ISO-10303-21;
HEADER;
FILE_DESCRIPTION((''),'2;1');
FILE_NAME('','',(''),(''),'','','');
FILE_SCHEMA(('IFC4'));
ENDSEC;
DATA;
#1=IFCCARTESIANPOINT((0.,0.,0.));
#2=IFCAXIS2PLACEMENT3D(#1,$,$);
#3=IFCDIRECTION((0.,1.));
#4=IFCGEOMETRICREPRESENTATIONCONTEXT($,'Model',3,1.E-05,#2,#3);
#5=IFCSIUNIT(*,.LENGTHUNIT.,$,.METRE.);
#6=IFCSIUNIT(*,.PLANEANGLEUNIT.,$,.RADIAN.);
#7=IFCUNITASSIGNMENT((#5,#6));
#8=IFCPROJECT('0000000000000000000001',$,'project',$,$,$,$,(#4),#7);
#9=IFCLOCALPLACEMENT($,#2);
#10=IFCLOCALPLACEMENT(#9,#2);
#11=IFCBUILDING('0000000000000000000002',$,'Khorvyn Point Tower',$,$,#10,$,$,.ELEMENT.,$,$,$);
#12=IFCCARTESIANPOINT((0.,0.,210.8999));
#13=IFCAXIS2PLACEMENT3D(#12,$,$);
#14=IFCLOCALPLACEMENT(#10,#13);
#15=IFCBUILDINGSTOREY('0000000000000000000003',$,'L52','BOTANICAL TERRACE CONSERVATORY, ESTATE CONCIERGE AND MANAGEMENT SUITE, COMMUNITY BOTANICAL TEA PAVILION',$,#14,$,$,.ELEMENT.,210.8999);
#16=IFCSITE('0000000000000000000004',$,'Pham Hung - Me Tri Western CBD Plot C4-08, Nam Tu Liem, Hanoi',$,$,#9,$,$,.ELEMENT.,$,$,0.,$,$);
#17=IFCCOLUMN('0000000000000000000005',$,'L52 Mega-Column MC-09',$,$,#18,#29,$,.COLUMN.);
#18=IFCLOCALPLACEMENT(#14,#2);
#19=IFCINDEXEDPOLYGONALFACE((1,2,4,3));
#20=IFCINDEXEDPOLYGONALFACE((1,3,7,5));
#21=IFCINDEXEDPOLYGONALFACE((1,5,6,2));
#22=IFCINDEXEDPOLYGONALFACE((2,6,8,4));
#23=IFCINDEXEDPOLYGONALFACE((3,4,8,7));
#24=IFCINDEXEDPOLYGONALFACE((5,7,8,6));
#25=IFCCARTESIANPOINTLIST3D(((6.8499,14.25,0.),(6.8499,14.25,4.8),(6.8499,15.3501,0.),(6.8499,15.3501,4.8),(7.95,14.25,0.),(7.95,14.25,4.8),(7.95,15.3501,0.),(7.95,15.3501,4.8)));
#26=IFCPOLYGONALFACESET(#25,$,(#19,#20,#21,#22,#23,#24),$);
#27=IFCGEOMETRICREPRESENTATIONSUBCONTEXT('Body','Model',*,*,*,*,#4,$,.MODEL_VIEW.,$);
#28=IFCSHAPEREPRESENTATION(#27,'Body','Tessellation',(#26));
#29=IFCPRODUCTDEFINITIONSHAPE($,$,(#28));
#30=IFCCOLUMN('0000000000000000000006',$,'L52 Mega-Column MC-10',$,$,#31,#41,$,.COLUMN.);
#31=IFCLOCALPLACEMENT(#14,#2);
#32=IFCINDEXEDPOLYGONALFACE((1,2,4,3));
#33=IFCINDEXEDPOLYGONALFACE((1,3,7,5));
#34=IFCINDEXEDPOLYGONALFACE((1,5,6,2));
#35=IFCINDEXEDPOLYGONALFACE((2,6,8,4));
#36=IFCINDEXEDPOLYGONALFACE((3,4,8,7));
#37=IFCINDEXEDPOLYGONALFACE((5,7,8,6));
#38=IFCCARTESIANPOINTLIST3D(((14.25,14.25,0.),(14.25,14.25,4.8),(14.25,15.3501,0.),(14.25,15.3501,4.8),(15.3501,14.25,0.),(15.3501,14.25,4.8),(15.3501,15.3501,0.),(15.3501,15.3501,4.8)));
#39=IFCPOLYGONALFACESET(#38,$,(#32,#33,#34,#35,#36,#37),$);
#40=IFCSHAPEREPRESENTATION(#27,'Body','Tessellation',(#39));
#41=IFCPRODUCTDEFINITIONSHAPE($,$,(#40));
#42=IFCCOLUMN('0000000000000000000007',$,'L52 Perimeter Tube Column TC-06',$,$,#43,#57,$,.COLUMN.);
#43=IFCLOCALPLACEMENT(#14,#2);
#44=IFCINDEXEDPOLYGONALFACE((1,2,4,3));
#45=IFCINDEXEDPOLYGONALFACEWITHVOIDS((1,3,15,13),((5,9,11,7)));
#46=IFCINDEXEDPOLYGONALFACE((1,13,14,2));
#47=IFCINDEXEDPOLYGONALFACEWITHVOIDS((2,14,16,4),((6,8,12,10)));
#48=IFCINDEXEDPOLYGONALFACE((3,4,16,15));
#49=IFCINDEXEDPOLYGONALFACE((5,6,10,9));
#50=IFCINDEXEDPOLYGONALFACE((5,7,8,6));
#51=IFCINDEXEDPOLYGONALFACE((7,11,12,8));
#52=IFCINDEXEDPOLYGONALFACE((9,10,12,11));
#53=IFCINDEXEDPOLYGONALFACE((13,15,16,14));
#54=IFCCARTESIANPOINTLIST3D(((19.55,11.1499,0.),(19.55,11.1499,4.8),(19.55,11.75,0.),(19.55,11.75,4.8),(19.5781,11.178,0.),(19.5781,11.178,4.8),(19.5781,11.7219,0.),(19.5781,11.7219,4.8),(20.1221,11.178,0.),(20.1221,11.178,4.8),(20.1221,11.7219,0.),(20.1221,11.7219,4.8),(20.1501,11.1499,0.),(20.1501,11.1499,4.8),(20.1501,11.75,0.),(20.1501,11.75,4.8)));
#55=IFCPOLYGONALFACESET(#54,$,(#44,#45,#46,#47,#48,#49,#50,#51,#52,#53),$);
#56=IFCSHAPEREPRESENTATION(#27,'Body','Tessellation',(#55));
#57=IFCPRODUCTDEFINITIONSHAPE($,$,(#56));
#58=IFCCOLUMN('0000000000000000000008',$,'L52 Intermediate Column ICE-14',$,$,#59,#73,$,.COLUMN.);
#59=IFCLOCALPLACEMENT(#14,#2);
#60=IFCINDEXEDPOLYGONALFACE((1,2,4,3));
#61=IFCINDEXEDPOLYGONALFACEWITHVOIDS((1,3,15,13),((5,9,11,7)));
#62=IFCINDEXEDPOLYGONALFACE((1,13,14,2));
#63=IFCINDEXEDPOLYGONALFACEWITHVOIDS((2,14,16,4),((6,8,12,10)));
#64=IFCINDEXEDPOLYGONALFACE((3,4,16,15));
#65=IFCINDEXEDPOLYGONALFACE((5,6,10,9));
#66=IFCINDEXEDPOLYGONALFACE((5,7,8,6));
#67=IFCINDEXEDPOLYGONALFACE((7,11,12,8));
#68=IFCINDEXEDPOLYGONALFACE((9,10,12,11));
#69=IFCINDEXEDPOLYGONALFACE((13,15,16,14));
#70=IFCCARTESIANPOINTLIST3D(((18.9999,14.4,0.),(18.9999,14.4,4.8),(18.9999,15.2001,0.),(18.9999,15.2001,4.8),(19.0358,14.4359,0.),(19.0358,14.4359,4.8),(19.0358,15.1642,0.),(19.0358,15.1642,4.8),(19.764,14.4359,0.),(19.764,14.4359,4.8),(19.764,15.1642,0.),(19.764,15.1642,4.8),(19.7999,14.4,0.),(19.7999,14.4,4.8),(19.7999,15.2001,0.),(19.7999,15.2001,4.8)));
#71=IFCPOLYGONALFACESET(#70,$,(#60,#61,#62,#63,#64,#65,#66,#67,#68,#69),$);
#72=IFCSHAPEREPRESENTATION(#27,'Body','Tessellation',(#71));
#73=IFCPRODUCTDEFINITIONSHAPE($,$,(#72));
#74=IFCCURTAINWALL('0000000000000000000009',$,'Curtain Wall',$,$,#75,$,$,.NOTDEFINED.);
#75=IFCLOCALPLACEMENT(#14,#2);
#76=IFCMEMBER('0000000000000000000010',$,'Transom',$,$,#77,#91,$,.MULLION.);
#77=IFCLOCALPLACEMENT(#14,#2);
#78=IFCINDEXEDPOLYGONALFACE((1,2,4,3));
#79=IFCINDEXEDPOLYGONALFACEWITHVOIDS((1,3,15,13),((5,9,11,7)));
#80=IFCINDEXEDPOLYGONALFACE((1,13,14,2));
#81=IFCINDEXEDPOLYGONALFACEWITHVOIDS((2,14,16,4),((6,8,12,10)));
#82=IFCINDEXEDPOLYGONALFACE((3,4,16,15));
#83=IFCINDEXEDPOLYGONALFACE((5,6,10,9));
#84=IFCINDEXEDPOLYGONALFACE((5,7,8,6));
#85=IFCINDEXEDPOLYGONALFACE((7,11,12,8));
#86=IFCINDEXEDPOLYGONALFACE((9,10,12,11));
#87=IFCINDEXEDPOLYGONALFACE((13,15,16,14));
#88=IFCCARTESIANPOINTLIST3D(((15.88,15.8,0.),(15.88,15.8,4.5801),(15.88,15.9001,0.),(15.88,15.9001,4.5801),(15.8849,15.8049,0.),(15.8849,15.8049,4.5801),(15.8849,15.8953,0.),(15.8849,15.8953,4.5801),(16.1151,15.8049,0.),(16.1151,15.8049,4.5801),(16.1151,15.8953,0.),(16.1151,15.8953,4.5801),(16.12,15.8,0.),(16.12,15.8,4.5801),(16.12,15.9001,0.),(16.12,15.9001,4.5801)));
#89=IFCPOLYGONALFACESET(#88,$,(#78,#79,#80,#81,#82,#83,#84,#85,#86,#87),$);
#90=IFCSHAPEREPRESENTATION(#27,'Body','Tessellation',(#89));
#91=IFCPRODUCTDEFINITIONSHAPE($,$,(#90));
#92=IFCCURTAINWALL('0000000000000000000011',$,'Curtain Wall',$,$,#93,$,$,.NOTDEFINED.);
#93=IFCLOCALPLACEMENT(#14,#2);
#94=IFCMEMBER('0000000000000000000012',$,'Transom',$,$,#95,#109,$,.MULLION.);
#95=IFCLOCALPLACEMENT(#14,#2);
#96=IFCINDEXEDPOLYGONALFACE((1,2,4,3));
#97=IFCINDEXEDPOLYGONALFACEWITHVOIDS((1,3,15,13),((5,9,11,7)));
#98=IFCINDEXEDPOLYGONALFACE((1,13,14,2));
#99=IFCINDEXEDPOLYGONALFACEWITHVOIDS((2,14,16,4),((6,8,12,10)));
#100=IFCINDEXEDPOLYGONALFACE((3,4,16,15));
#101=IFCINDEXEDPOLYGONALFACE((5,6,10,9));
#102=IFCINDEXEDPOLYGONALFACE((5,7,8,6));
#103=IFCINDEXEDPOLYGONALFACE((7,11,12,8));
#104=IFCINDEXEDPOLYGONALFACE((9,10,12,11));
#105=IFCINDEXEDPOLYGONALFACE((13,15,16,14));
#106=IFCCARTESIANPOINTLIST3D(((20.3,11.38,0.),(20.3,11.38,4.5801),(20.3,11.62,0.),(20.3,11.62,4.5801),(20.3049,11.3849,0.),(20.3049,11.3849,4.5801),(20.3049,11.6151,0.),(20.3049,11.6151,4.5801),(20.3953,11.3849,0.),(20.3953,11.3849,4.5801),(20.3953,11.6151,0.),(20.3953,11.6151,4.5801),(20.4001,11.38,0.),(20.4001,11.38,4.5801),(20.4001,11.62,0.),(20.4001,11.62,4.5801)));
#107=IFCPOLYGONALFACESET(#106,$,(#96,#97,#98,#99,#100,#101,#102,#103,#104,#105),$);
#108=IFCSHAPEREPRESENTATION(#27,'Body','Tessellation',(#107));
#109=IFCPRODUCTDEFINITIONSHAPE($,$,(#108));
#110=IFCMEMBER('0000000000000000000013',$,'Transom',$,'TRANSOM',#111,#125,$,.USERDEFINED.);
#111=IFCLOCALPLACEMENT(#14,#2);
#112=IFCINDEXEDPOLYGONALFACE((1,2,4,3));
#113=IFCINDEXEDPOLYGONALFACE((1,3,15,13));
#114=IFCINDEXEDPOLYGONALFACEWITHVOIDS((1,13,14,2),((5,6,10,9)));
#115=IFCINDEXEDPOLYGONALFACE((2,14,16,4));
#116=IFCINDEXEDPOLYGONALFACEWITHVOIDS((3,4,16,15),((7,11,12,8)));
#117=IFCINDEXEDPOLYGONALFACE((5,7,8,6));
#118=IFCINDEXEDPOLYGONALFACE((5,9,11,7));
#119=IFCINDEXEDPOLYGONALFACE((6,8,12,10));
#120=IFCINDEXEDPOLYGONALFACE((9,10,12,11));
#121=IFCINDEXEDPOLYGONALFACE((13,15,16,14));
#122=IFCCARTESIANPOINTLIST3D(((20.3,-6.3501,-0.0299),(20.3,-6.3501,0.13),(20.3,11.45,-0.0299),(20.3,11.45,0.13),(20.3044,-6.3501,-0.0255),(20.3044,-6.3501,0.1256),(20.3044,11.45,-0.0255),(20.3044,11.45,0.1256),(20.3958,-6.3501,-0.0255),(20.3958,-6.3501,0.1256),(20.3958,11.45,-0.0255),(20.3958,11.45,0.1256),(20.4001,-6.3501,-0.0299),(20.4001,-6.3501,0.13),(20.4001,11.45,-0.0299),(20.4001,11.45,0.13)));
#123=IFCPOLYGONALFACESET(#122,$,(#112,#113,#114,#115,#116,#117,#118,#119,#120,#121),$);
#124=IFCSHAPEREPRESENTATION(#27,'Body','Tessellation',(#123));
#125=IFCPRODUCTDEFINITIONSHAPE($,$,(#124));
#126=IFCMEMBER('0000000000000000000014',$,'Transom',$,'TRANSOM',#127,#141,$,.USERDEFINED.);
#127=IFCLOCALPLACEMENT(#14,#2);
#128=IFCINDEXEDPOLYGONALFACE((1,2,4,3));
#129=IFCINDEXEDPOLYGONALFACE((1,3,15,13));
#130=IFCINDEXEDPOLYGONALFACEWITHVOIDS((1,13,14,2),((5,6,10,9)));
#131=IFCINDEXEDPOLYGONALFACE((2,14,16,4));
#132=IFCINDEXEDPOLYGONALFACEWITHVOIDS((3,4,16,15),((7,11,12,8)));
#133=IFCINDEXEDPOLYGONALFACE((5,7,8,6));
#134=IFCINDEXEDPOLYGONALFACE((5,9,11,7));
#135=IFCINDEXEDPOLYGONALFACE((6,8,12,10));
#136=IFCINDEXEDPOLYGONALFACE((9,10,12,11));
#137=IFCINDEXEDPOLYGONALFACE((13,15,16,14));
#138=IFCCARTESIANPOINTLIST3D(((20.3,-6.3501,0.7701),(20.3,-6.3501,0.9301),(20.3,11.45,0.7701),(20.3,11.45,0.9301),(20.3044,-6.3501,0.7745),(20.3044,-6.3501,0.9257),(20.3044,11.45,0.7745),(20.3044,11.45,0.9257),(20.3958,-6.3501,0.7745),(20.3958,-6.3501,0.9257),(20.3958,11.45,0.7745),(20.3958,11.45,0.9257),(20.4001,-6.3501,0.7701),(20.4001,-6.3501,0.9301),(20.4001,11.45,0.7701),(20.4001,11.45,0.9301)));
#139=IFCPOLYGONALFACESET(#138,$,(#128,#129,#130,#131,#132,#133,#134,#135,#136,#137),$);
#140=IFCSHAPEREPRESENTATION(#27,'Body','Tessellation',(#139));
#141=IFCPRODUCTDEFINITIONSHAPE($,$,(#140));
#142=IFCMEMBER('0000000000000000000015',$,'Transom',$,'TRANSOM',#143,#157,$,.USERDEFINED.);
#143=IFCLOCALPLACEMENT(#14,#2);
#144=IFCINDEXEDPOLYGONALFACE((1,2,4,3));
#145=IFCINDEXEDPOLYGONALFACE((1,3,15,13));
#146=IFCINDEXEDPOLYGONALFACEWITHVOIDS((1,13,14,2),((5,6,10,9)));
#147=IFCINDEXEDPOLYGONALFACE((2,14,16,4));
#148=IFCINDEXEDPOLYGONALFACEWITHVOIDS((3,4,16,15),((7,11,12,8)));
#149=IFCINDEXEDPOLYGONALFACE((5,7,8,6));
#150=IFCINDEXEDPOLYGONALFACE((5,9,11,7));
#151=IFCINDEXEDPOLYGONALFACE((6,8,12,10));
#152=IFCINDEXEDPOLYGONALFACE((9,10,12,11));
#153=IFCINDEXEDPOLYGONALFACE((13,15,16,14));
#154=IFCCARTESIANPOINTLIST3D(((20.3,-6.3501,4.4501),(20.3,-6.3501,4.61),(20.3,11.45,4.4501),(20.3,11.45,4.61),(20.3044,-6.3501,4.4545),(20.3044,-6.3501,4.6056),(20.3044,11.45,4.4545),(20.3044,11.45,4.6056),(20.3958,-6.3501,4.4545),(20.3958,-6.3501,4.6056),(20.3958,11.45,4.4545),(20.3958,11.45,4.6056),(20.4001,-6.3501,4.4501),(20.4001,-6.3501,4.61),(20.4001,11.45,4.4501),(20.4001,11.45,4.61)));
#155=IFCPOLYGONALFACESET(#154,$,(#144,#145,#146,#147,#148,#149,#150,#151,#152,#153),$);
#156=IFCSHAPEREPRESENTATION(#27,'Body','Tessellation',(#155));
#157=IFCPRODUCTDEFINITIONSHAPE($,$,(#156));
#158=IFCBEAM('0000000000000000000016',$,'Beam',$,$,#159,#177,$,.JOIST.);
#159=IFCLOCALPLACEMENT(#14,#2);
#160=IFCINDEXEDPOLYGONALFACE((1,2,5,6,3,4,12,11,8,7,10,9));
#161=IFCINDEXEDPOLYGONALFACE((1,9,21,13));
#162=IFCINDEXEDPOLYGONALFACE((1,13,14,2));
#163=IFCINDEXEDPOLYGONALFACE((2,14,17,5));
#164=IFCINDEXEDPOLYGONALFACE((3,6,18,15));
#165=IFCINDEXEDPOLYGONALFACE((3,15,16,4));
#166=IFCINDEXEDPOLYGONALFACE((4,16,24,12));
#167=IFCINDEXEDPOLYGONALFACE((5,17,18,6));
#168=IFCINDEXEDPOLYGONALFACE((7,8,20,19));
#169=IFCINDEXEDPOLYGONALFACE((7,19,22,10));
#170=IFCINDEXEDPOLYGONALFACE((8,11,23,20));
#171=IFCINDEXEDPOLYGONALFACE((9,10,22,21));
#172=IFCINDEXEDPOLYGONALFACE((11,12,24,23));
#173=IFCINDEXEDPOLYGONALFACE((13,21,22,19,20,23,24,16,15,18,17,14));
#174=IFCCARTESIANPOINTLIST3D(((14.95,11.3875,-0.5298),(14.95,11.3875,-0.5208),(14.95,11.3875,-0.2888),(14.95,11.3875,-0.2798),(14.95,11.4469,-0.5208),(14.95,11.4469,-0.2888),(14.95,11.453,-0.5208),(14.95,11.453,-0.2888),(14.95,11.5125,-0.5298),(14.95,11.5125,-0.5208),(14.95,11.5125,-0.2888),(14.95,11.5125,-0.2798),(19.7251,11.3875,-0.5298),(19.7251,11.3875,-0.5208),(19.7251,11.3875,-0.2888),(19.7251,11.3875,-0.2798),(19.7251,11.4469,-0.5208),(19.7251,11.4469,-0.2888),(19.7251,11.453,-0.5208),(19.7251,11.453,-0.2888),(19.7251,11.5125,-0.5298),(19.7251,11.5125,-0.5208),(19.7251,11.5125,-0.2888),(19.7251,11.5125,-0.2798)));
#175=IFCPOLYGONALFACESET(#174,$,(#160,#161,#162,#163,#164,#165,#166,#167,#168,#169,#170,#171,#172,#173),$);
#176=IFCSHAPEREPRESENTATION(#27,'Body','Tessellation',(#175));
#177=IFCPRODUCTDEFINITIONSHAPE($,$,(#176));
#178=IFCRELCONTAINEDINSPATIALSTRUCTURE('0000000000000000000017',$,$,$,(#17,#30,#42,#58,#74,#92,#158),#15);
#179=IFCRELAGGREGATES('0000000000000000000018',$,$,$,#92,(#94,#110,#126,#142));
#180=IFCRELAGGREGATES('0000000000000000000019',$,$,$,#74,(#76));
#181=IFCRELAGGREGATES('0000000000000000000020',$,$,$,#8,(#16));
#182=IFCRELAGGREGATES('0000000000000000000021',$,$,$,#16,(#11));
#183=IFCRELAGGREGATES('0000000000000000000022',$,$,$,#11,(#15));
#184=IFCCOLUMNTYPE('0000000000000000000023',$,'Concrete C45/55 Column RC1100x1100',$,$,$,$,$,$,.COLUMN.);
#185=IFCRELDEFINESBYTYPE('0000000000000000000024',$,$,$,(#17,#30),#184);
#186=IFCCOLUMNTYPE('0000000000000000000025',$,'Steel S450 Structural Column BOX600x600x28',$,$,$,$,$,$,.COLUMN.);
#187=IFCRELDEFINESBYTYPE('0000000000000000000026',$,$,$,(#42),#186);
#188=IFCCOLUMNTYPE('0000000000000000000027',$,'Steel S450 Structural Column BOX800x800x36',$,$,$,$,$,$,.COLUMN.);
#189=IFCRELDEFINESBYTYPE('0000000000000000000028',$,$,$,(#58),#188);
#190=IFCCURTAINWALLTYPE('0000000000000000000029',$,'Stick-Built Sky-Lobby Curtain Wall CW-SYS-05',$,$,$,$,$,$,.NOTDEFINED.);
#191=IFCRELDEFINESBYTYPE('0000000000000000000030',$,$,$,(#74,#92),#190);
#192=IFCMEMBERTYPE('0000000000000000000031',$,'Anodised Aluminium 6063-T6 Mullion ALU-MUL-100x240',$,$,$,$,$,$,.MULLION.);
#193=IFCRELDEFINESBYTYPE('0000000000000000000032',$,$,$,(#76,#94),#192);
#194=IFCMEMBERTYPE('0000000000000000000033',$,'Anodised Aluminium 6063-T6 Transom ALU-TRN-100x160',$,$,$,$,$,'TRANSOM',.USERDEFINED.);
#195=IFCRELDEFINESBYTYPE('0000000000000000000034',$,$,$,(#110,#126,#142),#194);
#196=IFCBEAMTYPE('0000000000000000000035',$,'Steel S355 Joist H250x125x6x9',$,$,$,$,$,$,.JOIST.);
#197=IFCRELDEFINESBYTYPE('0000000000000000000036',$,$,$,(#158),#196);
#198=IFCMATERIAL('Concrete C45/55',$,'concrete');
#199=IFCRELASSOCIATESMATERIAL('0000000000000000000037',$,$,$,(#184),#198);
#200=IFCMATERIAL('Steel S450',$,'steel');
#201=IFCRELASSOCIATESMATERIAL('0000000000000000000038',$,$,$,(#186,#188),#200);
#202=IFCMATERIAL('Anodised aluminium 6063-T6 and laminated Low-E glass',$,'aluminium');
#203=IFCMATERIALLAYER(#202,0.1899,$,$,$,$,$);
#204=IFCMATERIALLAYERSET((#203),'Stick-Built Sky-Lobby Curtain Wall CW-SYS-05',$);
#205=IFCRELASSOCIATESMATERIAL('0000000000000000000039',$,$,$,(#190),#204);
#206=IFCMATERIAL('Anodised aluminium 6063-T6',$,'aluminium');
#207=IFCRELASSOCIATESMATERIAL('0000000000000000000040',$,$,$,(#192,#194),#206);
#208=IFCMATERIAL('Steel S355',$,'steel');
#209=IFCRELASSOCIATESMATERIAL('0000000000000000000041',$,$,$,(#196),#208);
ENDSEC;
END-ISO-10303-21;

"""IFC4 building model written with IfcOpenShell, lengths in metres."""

from ifc_helpers import new_model, si_unit, direction, frame, origin, origin_2d, place, context, subcontext, project, spatial, rectangle, hollow_rectangle, i_section, extrude, material, layer, layer_set, material_profile, profile_set, type_object, element, aggregate, save


model = new_model("IFC4")

# Units and contexts
model_context = context("Model", 3, precision=1e-05, world=origin(), true_north=direction((0.0, 1.0)))
body_context = subcontext(model_context, "Body", "Model", "MODEL_VIEW")
ifc_project = project(units=[si_unit("LENGTHUNIT", "METRE"), si_unit("PLANEANGLEUNIT", "RADIAN")], contexts=[model_context])

# Site, building, storey
site_placement = place(None, origin())
site = spatial("IfcSite", under=ifc_project, at=site_placement, Name="Pham Hung - Me Tri Western CBD Plot C4-08, Nam Tu Liem, Hanoi", CompositionType="ELEMENT", RefElevation=0.0)
building_placement = place(site_placement, origin())
building = spatial("IfcBuilding", under=site, at=building_placement, Name="Khorvyn Point Tower", CompositionType="ELEMENT")
storey_placement = place(building_placement, frame((0.0, 0.0, 210.8999)))
storey = spatial("IfcBuildingStorey", under=building, at=storey_placement, Name="L52", Description="BOTANICAL TERRACE CONSERVATORY, ESTATE CONCIERGE AND MANAGEMENT SUITE, COMMUNITY BOTANICAL TEA PAVILION", CompositionType="ELEMENT", Elevation=210.8999)

# Columns
ifc_material_1 = material(Name="Concrete C45/55", Category="concrete")
ifc_material_profile_1 = material_profile(ifc_material_1, rectangle(XDim=1.1001, YDim=1.1001, at=origin_2d()))
ifc_profile_set_1 = profile_set([ifc_material_profile_1], Name="Concrete C45/55 RC1100x1100")
column_type_1 = type_object("IfcColumnType", Name="Concrete C45/55 Column RC1100x1100", PredefinedType="COLUMN", material=ifc_profile_set_1)
for number, where, z_axis, x_axis, name in (
    (1, (7.3999, 14.8, 0.0), (0.0, 0.0, 1.0), (1.0, 0.0, 0.0), "L52 Mega-Column MC-09"),
    (2, (14.8, 14.8, 0.0), (0.0, 0.0, 1.0), (1.0, 0.0, 0.0), "L52 Mega-Column MC-10"),
):
    element("IfcColumn", number, at=place(storey_placement, frame(where, z_axis=z_axis, x_axis=x_axis)), inside=storey, type_object=column_type_1, Name=name, PredefinedType="COLUMN", context=body_context, shape_type="SweptSolid", body=[
        extrude(rectangle(XDim=1.1001, YDim=1.1001, at=origin_2d()), origin(), (0.0, 0.0, 1.0), 4.8),
    ])
ifc_material_2 = material(Name="Steel S450", Category="steel")
ifc_material_profile_2 = material_profile(ifc_material_2, hollow_rectangle(XDim=0.6001, YDim=0.6001, WallThickness=0.0281, at=origin_2d()))
ifc_profile_set_2 = profile_set([ifc_material_profile_2], Name="Steel S450 BOX600x600x28")
column_type_2 = type_object("IfcColumnType", Name="Steel S450 Structural Column BOX600x600x28", PredefinedType="COLUMN", material=ifc_profile_set_2)
column_1_placement = place(storey_placement, frame((19.8501, 11.45, 0.0), z_axis=(0.0, 0.0, 1.0), x_axis=(1.0, 0.0, 0.0)))
element("IfcColumn", 3, at=column_1_placement, inside=storey, type_object=column_type_2, Name="L52 Perimeter Tube Column TC-06", PredefinedType="COLUMN", context=body_context, shape_type="SweptSolid", body=[
    extrude(hollow_rectangle(XDim=0.6001, YDim=0.6001, WallThickness=0.0281, at=origin_2d()), origin(), (0.0, 0.0, 1.0), 4.8),
])
ifc_material_profile_3 = material_profile(ifc_material_2, hollow_rectangle(XDim=0.8, YDim=0.8, WallThickness=0.0359, at=origin_2d()))
ifc_profile_set_3 = profile_set([ifc_material_profile_3], Name="Steel S450 BOX800x800x36")
column_type_3 = type_object("IfcColumnType", Name="Steel S450 Structural Column BOX800x800x36", PredefinedType="COLUMN", material=ifc_profile_set_3)
column_2_placement = place(storey_placement, frame((19.3999, 14.8, 0.0), z_axis=(0.0, 0.0, 1.0), x_axis=(1.0, 0.0, 0.0)))
element("IfcColumn", 4, at=column_2_placement, inside=storey, type_object=column_type_3, Name="L52 Intermediate Column ICE-14", PredefinedType="COLUMN", context=body_context, shape_type="SweptSolid", body=[
    extrude(hollow_rectangle(XDim=0.8, YDim=0.8, WallThickness=0.0359, at=origin_2d()), origin(), (0.0, 0.0, 1.0), 4.8),
])

# Curtain wall, member
ifc_material_3 = material(Name="Anodised aluminium 6063-T6 and laminated Low-E glass", Category="aluminium")
ifc_layer_1 = layer(ifc_material_3, 0.1899)
ifc_layer_set_1 = layer_set([ifc_layer_1], Name="Stick-Built Sky-Lobby Curtain Wall CW-SYS-05")
curtain_wall_type = type_object("IfcCurtainWallType", Name="Stick-Built Sky-Lobby Curtain Wall CW-SYS-05", PredefinedType="NOTDEFINED", material=ifc_layer_set_1)
curtain_wall_1_placement = place(storey_placement, origin())
curtain_wall_1 = element("IfcCurtainWall", 5, at=curtain_wall_1_placement, inside=storey, type_object=curtain_wall_type, Name="Curtain Wall", PredefinedType="NOTDEFINED")
ifc_material_4 = material(Name="Anodised aluminium 6063-T6", Category="aluminium")
ifc_material_profile_4 = material_profile(ifc_material_4, hollow_rectangle(XDim=0.1001, YDim=0.24, WallThickness=0.0049, at=origin_2d()))
ifc_profile_set_4 = profile_set([ifc_material_profile_4], Name="Anodised aluminium 6063-T6 ALU-MUL-100x240")
member_type_1 = type_object("IfcMemberType", Name="Anodised Aluminium 6063-T6 Mullion ALU-MUL-100x240", PredefinedType="MULLION", material=ifc_profile_set_4)
member_1_placement = place(storey_placement, frame((16.0, 15.8501, 0.0), z_axis=(0.0, 0.0, 1.0), x_axis=(0.0, 1.0, 0.0)))
member_1 = element("IfcMember", 6, at=member_1_placement, type_object=member_type_1, Name="Transom", PredefinedType="MULLION", context=body_context, shape_type="SweptSolid", body=[
    extrude(hollow_rectangle(XDim=0.1001, YDim=0.24, WallThickness=0.0049, at=origin_2d()), origin(), (0.0, 0.0, 1.0), 4.5801),
])

# Curtain wall, members
curtain_wall_2_placement = place(storey_placement, origin())
curtain_wall_2 = element("IfcCurtainWall", 7, at=curtain_wall_2_placement, inside=storey, type_object=curtain_wall_type, Name="Curtain Wall", PredefinedType="NOTDEFINED")
member_2_placement = place(storey_placement, frame((20.3501, 11.5, 0.0), z_axis=(0.0, 0.0, 1.0), x_axis=(1.0, 0.0, 0.0)))
member_2 = element("IfcMember", 8, at=member_2_placement, type_object=member_type_1, Name="Transom", PredefinedType="MULLION", context=body_context, shape_type="SweptSolid", body=[
    extrude(hollow_rectangle(XDim=0.1001, YDim=0.24, WallThickness=0.0049, at=origin_2d()), origin(), (0.0, 0.0, 1.0), 4.5801),
])
ifc_material_profile_5 = material_profile(ifc_material_4, hollow_rectangle(XDim=0.1001, YDim=0.1599, WallThickness=0.0044, at=origin_2d()))
ifc_profile_set_5 = profile_set([ifc_material_profile_5], Name="Anodised aluminium 6063-T6 ALU-TRN-100x160")
member_type_2 = type_object("IfcMemberType", Name="Anodised Aluminium 6063-T6 Transom ALU-TRN-100x160", ElementType="TRANSOM", PredefinedType="USERDEFINED", material=ifc_profile_set_5)
member_3_placement = place(storey_placement, frame((20.3501, 11.45, 0.05), z_axis=(0.0, -1.0, 0.0), x_axis=(1.0, 0.0, 0.0)))
member_3 = element("IfcMember", 9, at=member_3_placement, type_object=member_type_2, Name="Transom", ObjectType="TRANSOM", PredefinedType="USERDEFINED", context=body_context, shape_type="SweptSolid", body=[
    extrude(hollow_rectangle(XDim=0.1001, YDim=0.1599, WallThickness=0.0044, at=origin_2d()), origin(), (0.0, 0.0, 1.0), 17.8),
])
member_4_placement = place(storey_placement, frame((20.3501, 11.45, 0.8501), z_axis=(0.0, -1.0, 0.0), x_axis=(1.0, 0.0, 0.0)))
member_4 = element("IfcMember", 10, at=member_4_placement, type_object=member_type_2, Name="Transom", ObjectType="TRANSOM", PredefinedType="USERDEFINED", context=body_context, shape_type="SweptSolid", body=[
    extrude(hollow_rectangle(XDim=0.1001, YDim=0.1599, WallThickness=0.0044, at=origin_2d()), origin(), (0.0, 0.0, 1.0), 17.8),
])
member_5_placement = place(storey_placement, frame((20.3501, 11.45, 4.53), z_axis=(0.0, -1.0, 0.0), x_axis=(1.0, 0.0, 0.0)))
member_5 = element("IfcMember", 11, at=member_5_placement, type_object=member_type_2, Name="Transom", ObjectType="TRANSOM", PredefinedType="USERDEFINED", context=body_context, shape_type="SweptSolid", body=[
    extrude(hollow_rectangle(XDim=0.1001, YDim=0.1599, WallThickness=0.0044, at=origin_2d()), origin(), (0.0, 0.0, 1.0), 17.8),
])
aggregate(curtain_wall_2, [member_2, member_3, member_4, member_5])

# Beam
ifc_material_5 = material(Name="Steel S355", Category="steel")
ifc_material_profile_6 = material_profile(ifc_material_5, i_section(OverallWidth=0.125, OverallDepth=0.25, WebThickness=0.0061, FlangeThickness=0.009, at=origin_2d()))
ifc_profile_set_6 = profile_set([ifc_material_profile_6], Name="Steel S355 H250x125x6x9")
beam_type_1 = type_object("IfcBeamType", Name="Steel S355 Joist H250x125x6x9", PredefinedType="JOIST", material=ifc_profile_set_6)
beam_1_placement = place(storey_placement, frame((14.95, 11.45, -0.4048), z_axis=(1.0, 0.0, 0.0), x_axis=(0.0, 1.0, 0.0)))
element("IfcBeam", 12, at=beam_1_placement, inside=storey, type_object=beam_type_1, Name="Beam", PredefinedType="JOIST", context=body_context, shape_type="SweptSolid", body=[
    extrude(i_section(OverallWidth=0.125, OverallDepth=0.25, WebThickness=0.0061, FlangeThickness=0.009, at=origin_2d()), origin(), (0.0, 0.0, 1.0), 4.7751),
])

aggregate(curtain_wall_1, [member_1])

save(model, "model.ifc")
